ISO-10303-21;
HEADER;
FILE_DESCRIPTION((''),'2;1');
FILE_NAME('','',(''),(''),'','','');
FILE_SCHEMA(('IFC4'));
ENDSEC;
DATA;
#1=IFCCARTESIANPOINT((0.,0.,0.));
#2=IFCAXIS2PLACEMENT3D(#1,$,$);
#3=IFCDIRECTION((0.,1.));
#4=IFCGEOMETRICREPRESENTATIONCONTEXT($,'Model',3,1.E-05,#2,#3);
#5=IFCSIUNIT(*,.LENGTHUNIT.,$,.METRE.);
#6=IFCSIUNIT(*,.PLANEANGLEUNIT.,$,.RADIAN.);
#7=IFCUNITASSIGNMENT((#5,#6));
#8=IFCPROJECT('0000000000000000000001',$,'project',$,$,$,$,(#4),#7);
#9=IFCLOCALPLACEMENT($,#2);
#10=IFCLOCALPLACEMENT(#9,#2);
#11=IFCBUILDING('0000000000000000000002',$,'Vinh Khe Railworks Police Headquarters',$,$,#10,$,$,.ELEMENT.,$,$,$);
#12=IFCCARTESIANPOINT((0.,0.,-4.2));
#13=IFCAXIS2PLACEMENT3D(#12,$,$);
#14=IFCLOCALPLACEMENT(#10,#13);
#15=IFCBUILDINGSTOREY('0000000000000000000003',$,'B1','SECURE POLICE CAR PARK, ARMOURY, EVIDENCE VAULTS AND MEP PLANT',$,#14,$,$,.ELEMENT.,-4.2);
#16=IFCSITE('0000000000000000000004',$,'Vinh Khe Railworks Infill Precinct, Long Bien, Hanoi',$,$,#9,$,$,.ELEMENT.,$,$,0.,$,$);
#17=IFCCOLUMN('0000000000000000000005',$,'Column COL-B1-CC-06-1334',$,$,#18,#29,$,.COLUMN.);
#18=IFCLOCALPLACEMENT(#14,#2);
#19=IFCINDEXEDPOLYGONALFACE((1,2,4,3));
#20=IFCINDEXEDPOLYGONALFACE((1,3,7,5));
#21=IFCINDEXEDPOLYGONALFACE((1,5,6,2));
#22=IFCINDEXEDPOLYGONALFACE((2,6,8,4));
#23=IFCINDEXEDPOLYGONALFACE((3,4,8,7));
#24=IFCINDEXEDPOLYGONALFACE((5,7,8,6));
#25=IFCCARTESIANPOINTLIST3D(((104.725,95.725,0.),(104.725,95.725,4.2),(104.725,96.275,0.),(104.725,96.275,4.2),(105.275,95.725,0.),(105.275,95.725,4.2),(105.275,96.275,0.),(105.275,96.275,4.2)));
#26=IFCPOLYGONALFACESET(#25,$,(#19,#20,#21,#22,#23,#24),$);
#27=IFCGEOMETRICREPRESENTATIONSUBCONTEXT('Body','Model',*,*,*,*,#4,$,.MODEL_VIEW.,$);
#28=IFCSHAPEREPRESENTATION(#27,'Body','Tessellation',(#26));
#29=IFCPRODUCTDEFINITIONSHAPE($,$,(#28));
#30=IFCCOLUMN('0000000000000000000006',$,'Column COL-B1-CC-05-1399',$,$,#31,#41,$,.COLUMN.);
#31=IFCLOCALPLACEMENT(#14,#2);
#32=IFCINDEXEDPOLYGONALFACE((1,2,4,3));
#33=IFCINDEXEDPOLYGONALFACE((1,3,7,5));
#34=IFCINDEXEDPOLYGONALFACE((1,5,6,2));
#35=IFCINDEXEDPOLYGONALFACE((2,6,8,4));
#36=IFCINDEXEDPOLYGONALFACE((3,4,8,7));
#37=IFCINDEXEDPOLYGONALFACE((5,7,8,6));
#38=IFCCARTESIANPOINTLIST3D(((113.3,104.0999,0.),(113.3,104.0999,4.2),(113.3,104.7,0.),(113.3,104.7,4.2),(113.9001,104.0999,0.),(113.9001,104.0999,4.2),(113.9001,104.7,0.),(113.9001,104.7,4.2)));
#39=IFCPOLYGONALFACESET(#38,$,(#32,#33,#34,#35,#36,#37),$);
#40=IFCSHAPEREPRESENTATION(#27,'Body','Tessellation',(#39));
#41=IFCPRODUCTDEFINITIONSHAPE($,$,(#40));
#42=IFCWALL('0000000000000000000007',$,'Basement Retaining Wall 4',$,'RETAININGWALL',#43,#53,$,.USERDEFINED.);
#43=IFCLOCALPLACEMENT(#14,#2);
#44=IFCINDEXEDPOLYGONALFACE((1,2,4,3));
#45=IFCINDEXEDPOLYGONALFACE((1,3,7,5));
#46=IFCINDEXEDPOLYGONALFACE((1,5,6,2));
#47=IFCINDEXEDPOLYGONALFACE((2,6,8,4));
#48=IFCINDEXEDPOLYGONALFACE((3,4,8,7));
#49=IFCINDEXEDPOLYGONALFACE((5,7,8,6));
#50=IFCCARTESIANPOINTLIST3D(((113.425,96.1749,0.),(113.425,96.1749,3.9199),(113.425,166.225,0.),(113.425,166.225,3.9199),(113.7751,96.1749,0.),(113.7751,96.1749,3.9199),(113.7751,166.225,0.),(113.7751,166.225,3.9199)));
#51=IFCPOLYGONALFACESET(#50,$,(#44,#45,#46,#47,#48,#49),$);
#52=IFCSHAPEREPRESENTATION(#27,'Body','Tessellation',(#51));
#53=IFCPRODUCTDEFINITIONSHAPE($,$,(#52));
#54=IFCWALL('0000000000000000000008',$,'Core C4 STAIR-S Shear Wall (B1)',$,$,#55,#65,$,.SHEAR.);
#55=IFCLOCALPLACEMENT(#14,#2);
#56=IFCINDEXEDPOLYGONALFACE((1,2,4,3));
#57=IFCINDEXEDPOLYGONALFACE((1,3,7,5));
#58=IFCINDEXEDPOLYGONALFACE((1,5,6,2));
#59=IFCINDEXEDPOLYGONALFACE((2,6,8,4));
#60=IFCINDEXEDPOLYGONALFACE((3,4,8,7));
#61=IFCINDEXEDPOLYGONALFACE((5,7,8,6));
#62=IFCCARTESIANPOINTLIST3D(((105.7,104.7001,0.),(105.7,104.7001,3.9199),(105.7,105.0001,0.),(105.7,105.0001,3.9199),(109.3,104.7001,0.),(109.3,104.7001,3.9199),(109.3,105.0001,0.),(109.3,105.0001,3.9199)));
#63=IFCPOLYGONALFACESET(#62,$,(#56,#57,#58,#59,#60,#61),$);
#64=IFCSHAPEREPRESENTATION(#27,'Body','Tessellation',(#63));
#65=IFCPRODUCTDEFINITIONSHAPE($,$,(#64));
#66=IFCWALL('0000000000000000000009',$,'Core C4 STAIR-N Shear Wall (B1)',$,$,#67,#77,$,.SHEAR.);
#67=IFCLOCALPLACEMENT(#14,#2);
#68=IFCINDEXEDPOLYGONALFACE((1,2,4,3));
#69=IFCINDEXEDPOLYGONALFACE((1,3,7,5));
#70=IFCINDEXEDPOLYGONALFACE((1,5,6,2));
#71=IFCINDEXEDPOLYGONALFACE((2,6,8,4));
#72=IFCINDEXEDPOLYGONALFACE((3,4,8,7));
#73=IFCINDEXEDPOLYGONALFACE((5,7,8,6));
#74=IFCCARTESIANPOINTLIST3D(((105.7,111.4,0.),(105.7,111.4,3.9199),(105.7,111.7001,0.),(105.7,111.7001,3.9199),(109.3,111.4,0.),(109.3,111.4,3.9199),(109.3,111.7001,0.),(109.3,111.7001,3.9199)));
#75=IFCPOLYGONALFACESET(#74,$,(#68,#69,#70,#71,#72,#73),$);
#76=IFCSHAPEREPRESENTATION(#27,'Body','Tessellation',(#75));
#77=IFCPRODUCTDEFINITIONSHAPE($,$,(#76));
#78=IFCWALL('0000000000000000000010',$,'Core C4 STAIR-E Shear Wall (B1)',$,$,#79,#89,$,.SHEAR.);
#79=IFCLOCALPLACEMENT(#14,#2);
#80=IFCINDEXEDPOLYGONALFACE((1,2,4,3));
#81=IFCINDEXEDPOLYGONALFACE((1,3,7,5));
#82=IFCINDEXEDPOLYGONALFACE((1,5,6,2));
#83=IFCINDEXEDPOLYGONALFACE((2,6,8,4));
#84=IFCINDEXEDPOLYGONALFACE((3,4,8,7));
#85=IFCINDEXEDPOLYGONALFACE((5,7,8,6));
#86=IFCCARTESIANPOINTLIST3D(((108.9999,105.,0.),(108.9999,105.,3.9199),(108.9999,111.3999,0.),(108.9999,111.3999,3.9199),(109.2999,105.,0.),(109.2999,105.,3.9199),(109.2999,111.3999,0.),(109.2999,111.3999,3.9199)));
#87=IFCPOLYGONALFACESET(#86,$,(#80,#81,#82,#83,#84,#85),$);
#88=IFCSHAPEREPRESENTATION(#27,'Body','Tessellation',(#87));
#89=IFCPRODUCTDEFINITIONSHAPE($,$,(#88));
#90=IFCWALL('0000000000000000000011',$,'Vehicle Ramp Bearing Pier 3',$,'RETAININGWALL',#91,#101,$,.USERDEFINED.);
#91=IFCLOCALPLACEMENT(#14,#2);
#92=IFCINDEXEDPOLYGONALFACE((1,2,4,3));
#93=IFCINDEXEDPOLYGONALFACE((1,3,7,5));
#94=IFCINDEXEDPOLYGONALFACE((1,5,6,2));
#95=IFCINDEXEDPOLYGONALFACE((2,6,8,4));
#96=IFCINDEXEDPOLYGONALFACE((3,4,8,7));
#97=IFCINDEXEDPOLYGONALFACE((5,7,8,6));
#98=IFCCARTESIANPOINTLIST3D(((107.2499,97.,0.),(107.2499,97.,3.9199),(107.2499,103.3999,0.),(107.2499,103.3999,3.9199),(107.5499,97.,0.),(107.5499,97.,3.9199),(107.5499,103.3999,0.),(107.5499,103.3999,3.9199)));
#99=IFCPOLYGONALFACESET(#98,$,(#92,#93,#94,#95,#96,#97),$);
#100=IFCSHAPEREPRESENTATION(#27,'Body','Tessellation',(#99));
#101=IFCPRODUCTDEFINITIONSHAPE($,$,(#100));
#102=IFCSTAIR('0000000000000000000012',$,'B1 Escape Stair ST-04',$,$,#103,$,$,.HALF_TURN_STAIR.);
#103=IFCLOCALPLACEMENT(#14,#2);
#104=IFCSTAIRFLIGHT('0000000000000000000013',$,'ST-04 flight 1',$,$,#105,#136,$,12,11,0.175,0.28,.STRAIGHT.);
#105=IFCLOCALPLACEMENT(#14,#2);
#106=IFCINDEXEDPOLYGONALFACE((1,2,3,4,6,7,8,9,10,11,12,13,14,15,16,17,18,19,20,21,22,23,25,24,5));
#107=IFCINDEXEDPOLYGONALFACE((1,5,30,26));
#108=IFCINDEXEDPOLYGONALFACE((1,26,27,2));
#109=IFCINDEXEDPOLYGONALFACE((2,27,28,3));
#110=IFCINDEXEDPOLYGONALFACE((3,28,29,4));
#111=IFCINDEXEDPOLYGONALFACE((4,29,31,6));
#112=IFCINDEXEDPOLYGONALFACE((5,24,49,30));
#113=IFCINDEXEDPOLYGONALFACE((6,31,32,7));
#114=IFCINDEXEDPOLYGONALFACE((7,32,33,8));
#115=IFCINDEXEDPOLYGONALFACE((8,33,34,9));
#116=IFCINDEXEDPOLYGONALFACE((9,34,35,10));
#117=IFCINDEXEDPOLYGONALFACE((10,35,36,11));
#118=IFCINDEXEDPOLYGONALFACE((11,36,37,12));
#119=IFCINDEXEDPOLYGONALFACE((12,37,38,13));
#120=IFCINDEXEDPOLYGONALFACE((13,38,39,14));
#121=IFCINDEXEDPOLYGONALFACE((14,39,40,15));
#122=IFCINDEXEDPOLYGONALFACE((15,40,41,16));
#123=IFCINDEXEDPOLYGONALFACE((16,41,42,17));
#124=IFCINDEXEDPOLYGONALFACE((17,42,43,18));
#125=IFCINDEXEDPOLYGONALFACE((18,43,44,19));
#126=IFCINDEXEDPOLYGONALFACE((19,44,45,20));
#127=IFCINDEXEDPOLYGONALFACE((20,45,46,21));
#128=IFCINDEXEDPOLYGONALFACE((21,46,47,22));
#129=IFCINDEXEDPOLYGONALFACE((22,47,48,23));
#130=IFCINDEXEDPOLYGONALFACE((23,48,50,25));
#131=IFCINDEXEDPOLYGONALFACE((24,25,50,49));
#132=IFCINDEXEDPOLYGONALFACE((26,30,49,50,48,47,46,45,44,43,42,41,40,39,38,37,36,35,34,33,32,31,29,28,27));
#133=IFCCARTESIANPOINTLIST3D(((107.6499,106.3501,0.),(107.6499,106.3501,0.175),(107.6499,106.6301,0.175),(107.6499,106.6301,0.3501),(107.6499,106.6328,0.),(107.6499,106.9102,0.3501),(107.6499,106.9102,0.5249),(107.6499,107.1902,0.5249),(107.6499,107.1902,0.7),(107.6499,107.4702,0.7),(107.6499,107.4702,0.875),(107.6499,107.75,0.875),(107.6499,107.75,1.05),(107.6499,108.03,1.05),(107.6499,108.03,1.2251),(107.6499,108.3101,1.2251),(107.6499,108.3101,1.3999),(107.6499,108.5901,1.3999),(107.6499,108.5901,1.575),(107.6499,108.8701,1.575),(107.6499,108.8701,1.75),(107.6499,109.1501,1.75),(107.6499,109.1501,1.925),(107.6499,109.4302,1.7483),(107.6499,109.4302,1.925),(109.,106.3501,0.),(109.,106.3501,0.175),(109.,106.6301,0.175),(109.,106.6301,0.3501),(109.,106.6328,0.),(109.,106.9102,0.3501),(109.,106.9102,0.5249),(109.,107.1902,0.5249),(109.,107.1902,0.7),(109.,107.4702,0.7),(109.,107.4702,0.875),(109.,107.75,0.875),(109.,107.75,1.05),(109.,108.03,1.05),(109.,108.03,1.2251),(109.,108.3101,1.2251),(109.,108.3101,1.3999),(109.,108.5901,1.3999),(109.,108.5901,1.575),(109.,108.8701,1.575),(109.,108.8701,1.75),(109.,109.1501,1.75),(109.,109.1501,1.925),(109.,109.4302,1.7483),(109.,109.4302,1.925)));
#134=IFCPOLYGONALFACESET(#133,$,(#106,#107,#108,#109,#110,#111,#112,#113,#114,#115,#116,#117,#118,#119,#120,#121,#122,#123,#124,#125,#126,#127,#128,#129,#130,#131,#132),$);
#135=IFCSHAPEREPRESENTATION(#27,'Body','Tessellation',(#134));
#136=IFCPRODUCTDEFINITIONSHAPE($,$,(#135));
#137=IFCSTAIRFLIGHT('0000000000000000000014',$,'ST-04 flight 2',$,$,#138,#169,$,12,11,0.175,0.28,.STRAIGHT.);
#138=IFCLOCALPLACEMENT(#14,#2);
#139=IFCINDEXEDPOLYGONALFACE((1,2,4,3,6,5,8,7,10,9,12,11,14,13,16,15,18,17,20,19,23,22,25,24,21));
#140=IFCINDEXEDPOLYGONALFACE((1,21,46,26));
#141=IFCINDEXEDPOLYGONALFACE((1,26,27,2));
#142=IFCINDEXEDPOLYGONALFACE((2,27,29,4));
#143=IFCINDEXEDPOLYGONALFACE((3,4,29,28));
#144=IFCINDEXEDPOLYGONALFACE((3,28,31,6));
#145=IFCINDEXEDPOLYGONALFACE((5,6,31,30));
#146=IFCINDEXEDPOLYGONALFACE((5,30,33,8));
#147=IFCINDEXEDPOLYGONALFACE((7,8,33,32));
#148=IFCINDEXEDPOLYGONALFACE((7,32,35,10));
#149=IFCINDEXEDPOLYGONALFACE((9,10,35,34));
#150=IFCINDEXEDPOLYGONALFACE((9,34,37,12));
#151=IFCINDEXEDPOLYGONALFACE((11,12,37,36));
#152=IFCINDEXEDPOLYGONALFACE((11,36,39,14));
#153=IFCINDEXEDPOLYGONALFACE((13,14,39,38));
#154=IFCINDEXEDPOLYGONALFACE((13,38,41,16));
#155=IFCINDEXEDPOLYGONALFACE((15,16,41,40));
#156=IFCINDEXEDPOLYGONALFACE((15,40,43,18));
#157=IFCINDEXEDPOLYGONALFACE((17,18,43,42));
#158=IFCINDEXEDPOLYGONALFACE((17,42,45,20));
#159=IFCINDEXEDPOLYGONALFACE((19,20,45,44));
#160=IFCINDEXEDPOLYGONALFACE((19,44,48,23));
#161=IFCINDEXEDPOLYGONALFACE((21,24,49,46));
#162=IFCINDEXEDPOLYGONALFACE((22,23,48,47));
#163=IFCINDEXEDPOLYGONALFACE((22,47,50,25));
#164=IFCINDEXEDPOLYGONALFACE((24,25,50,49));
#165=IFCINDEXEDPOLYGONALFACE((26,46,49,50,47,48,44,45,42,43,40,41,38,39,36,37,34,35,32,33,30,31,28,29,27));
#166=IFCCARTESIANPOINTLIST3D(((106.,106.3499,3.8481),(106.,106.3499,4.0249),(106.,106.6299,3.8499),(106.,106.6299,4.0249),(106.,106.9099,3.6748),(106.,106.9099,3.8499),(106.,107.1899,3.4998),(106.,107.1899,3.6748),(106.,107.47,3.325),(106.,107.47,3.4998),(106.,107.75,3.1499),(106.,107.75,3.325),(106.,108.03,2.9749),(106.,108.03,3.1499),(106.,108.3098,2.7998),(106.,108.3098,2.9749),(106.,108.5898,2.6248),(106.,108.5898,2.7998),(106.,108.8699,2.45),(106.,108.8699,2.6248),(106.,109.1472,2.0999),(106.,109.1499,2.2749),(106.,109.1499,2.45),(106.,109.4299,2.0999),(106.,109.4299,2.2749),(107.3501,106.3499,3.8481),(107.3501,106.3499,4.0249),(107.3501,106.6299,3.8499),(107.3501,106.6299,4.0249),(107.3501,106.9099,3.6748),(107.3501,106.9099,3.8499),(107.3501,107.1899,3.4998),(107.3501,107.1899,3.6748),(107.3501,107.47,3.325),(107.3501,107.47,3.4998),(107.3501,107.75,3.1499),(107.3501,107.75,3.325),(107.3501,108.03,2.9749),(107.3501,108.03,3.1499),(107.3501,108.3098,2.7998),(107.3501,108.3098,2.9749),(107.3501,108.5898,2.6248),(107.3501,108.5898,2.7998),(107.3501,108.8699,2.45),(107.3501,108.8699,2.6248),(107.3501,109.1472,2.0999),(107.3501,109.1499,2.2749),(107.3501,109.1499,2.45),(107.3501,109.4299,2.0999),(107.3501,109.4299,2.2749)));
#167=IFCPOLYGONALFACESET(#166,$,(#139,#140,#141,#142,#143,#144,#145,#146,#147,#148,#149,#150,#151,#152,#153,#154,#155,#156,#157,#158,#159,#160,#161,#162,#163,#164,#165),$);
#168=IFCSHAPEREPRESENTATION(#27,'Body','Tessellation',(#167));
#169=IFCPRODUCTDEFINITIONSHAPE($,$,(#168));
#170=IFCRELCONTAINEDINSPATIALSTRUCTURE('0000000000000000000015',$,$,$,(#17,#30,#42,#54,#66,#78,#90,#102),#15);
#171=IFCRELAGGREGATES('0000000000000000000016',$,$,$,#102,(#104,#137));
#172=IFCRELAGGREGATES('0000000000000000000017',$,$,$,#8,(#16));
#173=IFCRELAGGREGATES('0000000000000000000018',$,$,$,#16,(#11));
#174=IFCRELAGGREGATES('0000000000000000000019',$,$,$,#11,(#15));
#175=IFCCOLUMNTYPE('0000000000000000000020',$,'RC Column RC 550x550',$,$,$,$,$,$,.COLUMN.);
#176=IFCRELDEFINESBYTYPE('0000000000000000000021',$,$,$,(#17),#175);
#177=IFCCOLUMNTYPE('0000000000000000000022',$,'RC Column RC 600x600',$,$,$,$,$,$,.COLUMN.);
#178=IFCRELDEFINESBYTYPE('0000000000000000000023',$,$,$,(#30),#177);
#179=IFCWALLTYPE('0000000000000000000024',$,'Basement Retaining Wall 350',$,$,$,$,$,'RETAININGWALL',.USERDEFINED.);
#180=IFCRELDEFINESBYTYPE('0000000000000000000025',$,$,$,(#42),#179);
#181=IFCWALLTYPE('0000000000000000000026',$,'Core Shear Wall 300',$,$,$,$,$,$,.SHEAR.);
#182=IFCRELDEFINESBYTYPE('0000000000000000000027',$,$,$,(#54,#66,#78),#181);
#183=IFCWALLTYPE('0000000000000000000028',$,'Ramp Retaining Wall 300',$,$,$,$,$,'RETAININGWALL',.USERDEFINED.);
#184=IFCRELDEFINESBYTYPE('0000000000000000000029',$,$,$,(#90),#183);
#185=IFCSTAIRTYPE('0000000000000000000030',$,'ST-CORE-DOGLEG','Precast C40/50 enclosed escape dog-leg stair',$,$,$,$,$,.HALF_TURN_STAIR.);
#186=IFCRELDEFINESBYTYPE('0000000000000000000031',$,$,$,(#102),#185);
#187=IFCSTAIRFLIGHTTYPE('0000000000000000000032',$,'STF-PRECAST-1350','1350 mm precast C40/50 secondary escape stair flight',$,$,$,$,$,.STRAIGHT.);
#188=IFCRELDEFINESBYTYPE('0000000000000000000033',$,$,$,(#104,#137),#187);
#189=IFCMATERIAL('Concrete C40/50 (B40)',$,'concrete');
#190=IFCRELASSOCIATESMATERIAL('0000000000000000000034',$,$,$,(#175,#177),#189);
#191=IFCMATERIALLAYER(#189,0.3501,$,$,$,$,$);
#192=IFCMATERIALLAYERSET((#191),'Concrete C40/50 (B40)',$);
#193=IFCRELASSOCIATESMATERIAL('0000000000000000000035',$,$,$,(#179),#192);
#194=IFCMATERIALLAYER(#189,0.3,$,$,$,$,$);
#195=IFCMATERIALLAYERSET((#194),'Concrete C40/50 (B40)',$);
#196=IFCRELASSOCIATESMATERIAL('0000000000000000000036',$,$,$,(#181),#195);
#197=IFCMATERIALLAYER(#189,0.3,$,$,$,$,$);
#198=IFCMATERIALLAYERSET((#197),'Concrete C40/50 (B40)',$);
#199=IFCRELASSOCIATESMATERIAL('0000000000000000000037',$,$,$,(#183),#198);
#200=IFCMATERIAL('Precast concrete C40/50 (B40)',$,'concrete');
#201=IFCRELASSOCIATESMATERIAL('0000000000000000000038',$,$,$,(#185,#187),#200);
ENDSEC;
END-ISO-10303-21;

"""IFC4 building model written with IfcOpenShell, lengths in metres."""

from ifc_helpers import new_model, si_unit, direction, frame, frame_2d, origin, origin_2d, place, context, subcontext, project, spatial, polyline, rectangle, outline, extrude, material, layer, layer_set, material_profile, profile_set, type_object, element, aggregate, save


model = new_model("IFC4")

# Units and contexts
model_context = context("Model", 3, precision=1e-05, world=origin(), true_north=direction((0.0, 1.0)))
body_context = subcontext(model_context, "Body", "Model", "MODEL_VIEW")
ifc_project = project(units=[si_unit("LENGTHUNIT", "METRE"), si_unit("PLANEANGLEUNIT", "RADIAN")], contexts=[model_context])

# Site, building, storey
site_placement = place(None, origin())
site = spatial("IfcSite", under=ifc_project, at=site_placement, Name="Vinh Khe Railworks Infill Precinct, Long Bien, Hanoi", CompositionType="ELEMENT", RefElevation=0.0)
building_placement = place(site_placement, origin())
building = spatial("IfcBuilding", under=site, at=building_placement, Name="Vinh Khe Railworks Police Headquarters", CompositionType="ELEMENT")
storey_placement = place(building_placement, frame((0.0, 0.0, -4.2)))
storey = spatial("IfcBuildingStorey", under=building, at=storey_placement, Name="B1", Description="SECURE POLICE CAR PARK, ARMOURY, EVIDENCE VAULTS AND MEP PLANT", CompositionType="ELEMENT", Elevation=-4.2)

# Columns
ifc_material_1 = material(Name="Concrete C40/50 (B40)", Category="concrete")
ifc_material_profile_1 = material_profile(ifc_material_1, rectangle(XDim=0.55, YDim=0.55, at=origin_2d()), Name="RC 550x550")
ifc_profile_set_1 = profile_set([ifc_material_profile_1], Name="Concrete C40/50 (B40)")
column_type_1 = type_object("IfcColumnType", Name="RC Column RC 550x550", PredefinedType="COLUMN", material=ifc_profile_set_1)
column_1_placement = place(storey_placement, frame((105.0, 96.0, 0.0), z_axis=(0.0, 0.0, 1.0), x_axis=(1.0, 0.0, 0.0)))
element("IfcColumn", 1, at=column_1_placement, inside=storey, type_object=column_type_1, Name="Column COL-B1-CC-06-1334", PredefinedType="COLUMN", context=body_context, shape_type="SweptSolid", body=[
    extrude(rectangle(XDim=0.55, YDim=0.55, at=origin_2d()), origin(), (0.0, 0.0, 1.0), 4.2),
])
ifc_material_profile_2 = material_profile(ifc_material_1, rectangle(XDim=0.6001, YDim=0.6001, at=origin_2d()), Name="RC 600x600")
ifc_profile_set_2 = profile_set([ifc_material_profile_2], Name="Concrete C40/50 (B40)")
column_type_2 = type_object("IfcColumnType", Name="RC Column RC 600x600", PredefinedType="COLUMN", material=ifc_profile_set_2)
column_2_placement = place(storey_placement, frame((113.6001, 104.3999, 0.0), z_axis=(0.0, 0.0, 1.0), x_axis=(1.0, 0.0, 0.0)))
element("IfcColumn", 2, at=column_2_placement, inside=storey, type_object=column_type_2, Name="Column COL-B1-CC-05-1399", PredefinedType="COLUMN", context=body_context, shape_type="SweptSolid", body=[
    extrude(rectangle(XDim=0.6001, YDim=0.6001, at=origin_2d()), origin(), (0.0, 0.0, 1.0), 4.2),
])

# Walls
ifc_layer_1 = layer(ifc_material_1, 0.3501)
ifc_layer_set_1 = layer_set([ifc_layer_1], Name="Concrete C40/50 (B40)")
wall_type_1 = type_object("IfcWallType", Name="Basement Retaining Wall 350", ElementType="RETAININGWALL", PredefinedType="USERDEFINED", material=ifc_layer_set_1)
wall_1_placement = place(storey_placement, frame((113.6001, 96.175, 0.0), z_axis=(0.0, 0.0, 1.0), x_axis=(0.0, 1.0, 0.0)))
element("IfcWall", 3, at=wall_1_placement, inside=storey, type_object=wall_type_1, Name="Basement Retaining Wall 4", ObjectType="RETAININGWALL", PredefinedType="USERDEFINED", context=body_context, shape_type="SweptSolid", body=[
    extrude(rectangle(XDim=70.05, YDim=0.3501, at=frame_2d((35.0249, 0.0))), origin(), (0.0, 0.0, 1.0), 3.9199),
])
ifc_layer_2 = layer(ifc_material_1, 0.3)
ifc_layer_set_2 = layer_set([ifc_layer_2], Name="Concrete C40/50 (B40)")
wall_type_2 = type_object("IfcWallType", Name="Core Shear Wall 300", PredefinedType="SHEAR", material=ifc_layer_set_2)
for number, where, z_axis, x_axis, name in (
    (4, (105.7, 104.8501, 0.0), (0.0, 0.0, 1.0), (1.0, 0.0, 0.0), "Core C4 STAIR-S Shear Wall (B1)"),
    (5, (105.7, 111.55, 0.0), (0.0, 0.0, 1.0), (1.0, 0.0, 0.0), "Core C4 STAIR-N Shear Wall (B1)"),
):
    element("IfcWall", number, at=place(storey_placement, frame(where, z_axis=z_axis, x_axis=x_axis)), inside=storey, type_object=wall_type_2, Name=name, PredefinedType="SHEAR", context=body_context, shape_type="SweptSolid", body=[
        extrude(rectangle(XDim=3.6001, YDim=0.3, at=frame_2d((1.8, 0.0))), origin(), (0.0, 0.0, 1.0), 3.9199),
    ])

# Walls
wall_2_placement = place(storey_placement, frame((109.1499, 105.0, 0.0), z_axis=(0.0, 0.0, 1.0), x_axis=(0.0, 1.0, 0.0)))
element("IfcWall", 6, at=wall_2_placement, inside=storey, type_object=wall_type_2, Name="Core C4 STAIR-E Shear Wall (B1)", PredefinedType="SHEAR", context=body_context, shape_type="SweptSolid", body=[
    extrude(rectangle(XDim=6.3999, YDim=0.3, at=frame_2d((3.2, 0.0))), origin(), (0.0, 0.0, 1.0), 3.9199),
])
ifc_layer_3 = layer(ifc_material_1, 0.3)
ifc_layer_set_3 = layer_set([ifc_layer_3], Name="Concrete C40/50 (B40)")
wall_type_3 = type_object("IfcWallType", Name="Ramp Retaining Wall 300", ElementType="RETAININGWALL", PredefinedType="USERDEFINED", material=ifc_layer_set_3)
wall_3_placement = place(storey_placement, frame((107.3999, 97.0, 0.0), z_axis=(0.0, 0.0, 1.0), x_axis=(0.0, 1.0, 0.0)))
element("IfcWall", 7, at=wall_3_placement, inside=storey, type_object=wall_type_3, Name="Vehicle Ramp Bearing Pier 3", ObjectType="RETAININGWALL", PredefinedType="USERDEFINED", context=body_context, shape_type="SweptSolid", body=[
    extrude(rectangle(XDim=6.3999, YDim=0.3, at=frame_2d((3.2, 0.0))), origin(), (0.0, 0.0, 1.0), 3.9199),
])

# Stair, stair flights
ifc_material_2 = material(Name="Precast concrete C40/50 (B40)", Category="concrete")
stair_type = type_object("IfcStairType", Name="ST-CORE-DOGLEG", Description="Precast C40/50 enclosed escape dog-leg stair", PredefinedType="HALF_TURN_STAIR", material=ifc_material_2)
stair_placement = place(storey_placement, origin())
stair = element("IfcStair", 8, at=stair_placement, inside=storey, type_object=stair_type, Name="B1 Escape Stair ST-04", PredefinedType="HALF_TURN_STAIR")
stair_flight_type = type_object("IfcStairFlightType", Name="STF-PRECAST-1350", Description="1350 mm precast C40/50 secondary escape stair flight", PredefinedType="STRAIGHT", material=ifc_material_2)
stair_flight_1_placement = place(storey_placement, frame((108.325, 106.3501, 0.0), z_axis=(0.0, 0.0, 1.0), x_axis=(0.0, 1.0, 0.0)))
stair_flight_1 = element("IfcStairFlight", 9, at=stair_flight_1_placement, type_object=stair_flight_type, Name="ST-04 flight 1", NumberOfRisers=12, NumberOfTreads=11, PredefinedType="STRAIGHT", RiserHeight=0.175, TreadLength=0.28, context=body_context, shape_type="SweptSolid", body=[
    extrude(outline(polyline([(0.0, 0.0), (0.0, 0.175), (0.28, 0.175), (0.28, 0.3501), (0.5601, 0.3501), (0.5601, 0.5249), (0.8401, 0.5249), (0.8401, 0.7), (1.1201, 0.7), (1.1201, 0.875), (1.3999, 0.875), (1.3999, 1.05), (1.6799, 1.05), (1.6799, 1.2251), (1.96, 1.2251), (1.96, 1.3999), (2.24, 1.3999), (2.24, 1.575), (2.52, 1.575), (2.52, 1.75), (2.8, 1.75), (2.8, 1.925), (3.0801, 1.925), (3.0801, 2.1001), (3.0801, 1.7483), (0.2827, 0.0), (0.0, 0.0)])), frame((0.0, 0.675, 0.0), z_axis=(0.0, -1.0, 0.0), x_axis=(1.0, 0.0, 0.0)), (0.0, 0.0, 1.0), 1.3501),
])
stair_flight_2_placement = place(storey_placement, frame((106.675, 109.4299, 2.0999), z_axis=(0.0, 0.0, 1.0), x_axis=(0.0, -1.0, 0.0)))
stair_flight_2 = element("IfcStairFlight", 10, at=stair_flight_2_placement, type_object=stair_flight_type, Name="ST-04 flight 2", NumberOfRisers=12, NumberOfTreads=11, PredefinedType="STRAIGHT", RiserHeight=0.175, TreadLength=0.28, context=body_context, shape_type="SweptSolid", body=[
    extrude(outline(polyline([(0.0, 0.0), (0.0, 0.175), (0.28, 0.175), (0.28, 0.3501), (0.5601, 0.3501), (0.5601, 0.5249), (0.8401, 0.5249), (0.8401, 0.7), (1.1201, 0.7), (1.1201, 0.875), (1.3999, 0.875), (1.3999, 1.05), (1.6799, 1.05), (1.6799, 1.2251), (1.96, 1.2251), (1.96, 1.3999), (2.24, 1.3999), (2.24, 1.575), (2.52, 1.575), (2.52, 1.75), (2.8, 1.75), (2.8, 1.925), (3.0801, 1.925), (3.0801, 2.1001), (3.0801, 1.7483), (0.2827, 0.0), (0.0, 0.0)])), frame((0.0, 0.675, 0.0), z_axis=(0.0, -1.0, 0.0), x_axis=(1.0, 0.0, 0.0)), (0.0, 0.0, 1.0), 1.3501),
])
aggregate(stair, [stair_flight_1, stair_flight_2])

save(model, "model.ifc")
